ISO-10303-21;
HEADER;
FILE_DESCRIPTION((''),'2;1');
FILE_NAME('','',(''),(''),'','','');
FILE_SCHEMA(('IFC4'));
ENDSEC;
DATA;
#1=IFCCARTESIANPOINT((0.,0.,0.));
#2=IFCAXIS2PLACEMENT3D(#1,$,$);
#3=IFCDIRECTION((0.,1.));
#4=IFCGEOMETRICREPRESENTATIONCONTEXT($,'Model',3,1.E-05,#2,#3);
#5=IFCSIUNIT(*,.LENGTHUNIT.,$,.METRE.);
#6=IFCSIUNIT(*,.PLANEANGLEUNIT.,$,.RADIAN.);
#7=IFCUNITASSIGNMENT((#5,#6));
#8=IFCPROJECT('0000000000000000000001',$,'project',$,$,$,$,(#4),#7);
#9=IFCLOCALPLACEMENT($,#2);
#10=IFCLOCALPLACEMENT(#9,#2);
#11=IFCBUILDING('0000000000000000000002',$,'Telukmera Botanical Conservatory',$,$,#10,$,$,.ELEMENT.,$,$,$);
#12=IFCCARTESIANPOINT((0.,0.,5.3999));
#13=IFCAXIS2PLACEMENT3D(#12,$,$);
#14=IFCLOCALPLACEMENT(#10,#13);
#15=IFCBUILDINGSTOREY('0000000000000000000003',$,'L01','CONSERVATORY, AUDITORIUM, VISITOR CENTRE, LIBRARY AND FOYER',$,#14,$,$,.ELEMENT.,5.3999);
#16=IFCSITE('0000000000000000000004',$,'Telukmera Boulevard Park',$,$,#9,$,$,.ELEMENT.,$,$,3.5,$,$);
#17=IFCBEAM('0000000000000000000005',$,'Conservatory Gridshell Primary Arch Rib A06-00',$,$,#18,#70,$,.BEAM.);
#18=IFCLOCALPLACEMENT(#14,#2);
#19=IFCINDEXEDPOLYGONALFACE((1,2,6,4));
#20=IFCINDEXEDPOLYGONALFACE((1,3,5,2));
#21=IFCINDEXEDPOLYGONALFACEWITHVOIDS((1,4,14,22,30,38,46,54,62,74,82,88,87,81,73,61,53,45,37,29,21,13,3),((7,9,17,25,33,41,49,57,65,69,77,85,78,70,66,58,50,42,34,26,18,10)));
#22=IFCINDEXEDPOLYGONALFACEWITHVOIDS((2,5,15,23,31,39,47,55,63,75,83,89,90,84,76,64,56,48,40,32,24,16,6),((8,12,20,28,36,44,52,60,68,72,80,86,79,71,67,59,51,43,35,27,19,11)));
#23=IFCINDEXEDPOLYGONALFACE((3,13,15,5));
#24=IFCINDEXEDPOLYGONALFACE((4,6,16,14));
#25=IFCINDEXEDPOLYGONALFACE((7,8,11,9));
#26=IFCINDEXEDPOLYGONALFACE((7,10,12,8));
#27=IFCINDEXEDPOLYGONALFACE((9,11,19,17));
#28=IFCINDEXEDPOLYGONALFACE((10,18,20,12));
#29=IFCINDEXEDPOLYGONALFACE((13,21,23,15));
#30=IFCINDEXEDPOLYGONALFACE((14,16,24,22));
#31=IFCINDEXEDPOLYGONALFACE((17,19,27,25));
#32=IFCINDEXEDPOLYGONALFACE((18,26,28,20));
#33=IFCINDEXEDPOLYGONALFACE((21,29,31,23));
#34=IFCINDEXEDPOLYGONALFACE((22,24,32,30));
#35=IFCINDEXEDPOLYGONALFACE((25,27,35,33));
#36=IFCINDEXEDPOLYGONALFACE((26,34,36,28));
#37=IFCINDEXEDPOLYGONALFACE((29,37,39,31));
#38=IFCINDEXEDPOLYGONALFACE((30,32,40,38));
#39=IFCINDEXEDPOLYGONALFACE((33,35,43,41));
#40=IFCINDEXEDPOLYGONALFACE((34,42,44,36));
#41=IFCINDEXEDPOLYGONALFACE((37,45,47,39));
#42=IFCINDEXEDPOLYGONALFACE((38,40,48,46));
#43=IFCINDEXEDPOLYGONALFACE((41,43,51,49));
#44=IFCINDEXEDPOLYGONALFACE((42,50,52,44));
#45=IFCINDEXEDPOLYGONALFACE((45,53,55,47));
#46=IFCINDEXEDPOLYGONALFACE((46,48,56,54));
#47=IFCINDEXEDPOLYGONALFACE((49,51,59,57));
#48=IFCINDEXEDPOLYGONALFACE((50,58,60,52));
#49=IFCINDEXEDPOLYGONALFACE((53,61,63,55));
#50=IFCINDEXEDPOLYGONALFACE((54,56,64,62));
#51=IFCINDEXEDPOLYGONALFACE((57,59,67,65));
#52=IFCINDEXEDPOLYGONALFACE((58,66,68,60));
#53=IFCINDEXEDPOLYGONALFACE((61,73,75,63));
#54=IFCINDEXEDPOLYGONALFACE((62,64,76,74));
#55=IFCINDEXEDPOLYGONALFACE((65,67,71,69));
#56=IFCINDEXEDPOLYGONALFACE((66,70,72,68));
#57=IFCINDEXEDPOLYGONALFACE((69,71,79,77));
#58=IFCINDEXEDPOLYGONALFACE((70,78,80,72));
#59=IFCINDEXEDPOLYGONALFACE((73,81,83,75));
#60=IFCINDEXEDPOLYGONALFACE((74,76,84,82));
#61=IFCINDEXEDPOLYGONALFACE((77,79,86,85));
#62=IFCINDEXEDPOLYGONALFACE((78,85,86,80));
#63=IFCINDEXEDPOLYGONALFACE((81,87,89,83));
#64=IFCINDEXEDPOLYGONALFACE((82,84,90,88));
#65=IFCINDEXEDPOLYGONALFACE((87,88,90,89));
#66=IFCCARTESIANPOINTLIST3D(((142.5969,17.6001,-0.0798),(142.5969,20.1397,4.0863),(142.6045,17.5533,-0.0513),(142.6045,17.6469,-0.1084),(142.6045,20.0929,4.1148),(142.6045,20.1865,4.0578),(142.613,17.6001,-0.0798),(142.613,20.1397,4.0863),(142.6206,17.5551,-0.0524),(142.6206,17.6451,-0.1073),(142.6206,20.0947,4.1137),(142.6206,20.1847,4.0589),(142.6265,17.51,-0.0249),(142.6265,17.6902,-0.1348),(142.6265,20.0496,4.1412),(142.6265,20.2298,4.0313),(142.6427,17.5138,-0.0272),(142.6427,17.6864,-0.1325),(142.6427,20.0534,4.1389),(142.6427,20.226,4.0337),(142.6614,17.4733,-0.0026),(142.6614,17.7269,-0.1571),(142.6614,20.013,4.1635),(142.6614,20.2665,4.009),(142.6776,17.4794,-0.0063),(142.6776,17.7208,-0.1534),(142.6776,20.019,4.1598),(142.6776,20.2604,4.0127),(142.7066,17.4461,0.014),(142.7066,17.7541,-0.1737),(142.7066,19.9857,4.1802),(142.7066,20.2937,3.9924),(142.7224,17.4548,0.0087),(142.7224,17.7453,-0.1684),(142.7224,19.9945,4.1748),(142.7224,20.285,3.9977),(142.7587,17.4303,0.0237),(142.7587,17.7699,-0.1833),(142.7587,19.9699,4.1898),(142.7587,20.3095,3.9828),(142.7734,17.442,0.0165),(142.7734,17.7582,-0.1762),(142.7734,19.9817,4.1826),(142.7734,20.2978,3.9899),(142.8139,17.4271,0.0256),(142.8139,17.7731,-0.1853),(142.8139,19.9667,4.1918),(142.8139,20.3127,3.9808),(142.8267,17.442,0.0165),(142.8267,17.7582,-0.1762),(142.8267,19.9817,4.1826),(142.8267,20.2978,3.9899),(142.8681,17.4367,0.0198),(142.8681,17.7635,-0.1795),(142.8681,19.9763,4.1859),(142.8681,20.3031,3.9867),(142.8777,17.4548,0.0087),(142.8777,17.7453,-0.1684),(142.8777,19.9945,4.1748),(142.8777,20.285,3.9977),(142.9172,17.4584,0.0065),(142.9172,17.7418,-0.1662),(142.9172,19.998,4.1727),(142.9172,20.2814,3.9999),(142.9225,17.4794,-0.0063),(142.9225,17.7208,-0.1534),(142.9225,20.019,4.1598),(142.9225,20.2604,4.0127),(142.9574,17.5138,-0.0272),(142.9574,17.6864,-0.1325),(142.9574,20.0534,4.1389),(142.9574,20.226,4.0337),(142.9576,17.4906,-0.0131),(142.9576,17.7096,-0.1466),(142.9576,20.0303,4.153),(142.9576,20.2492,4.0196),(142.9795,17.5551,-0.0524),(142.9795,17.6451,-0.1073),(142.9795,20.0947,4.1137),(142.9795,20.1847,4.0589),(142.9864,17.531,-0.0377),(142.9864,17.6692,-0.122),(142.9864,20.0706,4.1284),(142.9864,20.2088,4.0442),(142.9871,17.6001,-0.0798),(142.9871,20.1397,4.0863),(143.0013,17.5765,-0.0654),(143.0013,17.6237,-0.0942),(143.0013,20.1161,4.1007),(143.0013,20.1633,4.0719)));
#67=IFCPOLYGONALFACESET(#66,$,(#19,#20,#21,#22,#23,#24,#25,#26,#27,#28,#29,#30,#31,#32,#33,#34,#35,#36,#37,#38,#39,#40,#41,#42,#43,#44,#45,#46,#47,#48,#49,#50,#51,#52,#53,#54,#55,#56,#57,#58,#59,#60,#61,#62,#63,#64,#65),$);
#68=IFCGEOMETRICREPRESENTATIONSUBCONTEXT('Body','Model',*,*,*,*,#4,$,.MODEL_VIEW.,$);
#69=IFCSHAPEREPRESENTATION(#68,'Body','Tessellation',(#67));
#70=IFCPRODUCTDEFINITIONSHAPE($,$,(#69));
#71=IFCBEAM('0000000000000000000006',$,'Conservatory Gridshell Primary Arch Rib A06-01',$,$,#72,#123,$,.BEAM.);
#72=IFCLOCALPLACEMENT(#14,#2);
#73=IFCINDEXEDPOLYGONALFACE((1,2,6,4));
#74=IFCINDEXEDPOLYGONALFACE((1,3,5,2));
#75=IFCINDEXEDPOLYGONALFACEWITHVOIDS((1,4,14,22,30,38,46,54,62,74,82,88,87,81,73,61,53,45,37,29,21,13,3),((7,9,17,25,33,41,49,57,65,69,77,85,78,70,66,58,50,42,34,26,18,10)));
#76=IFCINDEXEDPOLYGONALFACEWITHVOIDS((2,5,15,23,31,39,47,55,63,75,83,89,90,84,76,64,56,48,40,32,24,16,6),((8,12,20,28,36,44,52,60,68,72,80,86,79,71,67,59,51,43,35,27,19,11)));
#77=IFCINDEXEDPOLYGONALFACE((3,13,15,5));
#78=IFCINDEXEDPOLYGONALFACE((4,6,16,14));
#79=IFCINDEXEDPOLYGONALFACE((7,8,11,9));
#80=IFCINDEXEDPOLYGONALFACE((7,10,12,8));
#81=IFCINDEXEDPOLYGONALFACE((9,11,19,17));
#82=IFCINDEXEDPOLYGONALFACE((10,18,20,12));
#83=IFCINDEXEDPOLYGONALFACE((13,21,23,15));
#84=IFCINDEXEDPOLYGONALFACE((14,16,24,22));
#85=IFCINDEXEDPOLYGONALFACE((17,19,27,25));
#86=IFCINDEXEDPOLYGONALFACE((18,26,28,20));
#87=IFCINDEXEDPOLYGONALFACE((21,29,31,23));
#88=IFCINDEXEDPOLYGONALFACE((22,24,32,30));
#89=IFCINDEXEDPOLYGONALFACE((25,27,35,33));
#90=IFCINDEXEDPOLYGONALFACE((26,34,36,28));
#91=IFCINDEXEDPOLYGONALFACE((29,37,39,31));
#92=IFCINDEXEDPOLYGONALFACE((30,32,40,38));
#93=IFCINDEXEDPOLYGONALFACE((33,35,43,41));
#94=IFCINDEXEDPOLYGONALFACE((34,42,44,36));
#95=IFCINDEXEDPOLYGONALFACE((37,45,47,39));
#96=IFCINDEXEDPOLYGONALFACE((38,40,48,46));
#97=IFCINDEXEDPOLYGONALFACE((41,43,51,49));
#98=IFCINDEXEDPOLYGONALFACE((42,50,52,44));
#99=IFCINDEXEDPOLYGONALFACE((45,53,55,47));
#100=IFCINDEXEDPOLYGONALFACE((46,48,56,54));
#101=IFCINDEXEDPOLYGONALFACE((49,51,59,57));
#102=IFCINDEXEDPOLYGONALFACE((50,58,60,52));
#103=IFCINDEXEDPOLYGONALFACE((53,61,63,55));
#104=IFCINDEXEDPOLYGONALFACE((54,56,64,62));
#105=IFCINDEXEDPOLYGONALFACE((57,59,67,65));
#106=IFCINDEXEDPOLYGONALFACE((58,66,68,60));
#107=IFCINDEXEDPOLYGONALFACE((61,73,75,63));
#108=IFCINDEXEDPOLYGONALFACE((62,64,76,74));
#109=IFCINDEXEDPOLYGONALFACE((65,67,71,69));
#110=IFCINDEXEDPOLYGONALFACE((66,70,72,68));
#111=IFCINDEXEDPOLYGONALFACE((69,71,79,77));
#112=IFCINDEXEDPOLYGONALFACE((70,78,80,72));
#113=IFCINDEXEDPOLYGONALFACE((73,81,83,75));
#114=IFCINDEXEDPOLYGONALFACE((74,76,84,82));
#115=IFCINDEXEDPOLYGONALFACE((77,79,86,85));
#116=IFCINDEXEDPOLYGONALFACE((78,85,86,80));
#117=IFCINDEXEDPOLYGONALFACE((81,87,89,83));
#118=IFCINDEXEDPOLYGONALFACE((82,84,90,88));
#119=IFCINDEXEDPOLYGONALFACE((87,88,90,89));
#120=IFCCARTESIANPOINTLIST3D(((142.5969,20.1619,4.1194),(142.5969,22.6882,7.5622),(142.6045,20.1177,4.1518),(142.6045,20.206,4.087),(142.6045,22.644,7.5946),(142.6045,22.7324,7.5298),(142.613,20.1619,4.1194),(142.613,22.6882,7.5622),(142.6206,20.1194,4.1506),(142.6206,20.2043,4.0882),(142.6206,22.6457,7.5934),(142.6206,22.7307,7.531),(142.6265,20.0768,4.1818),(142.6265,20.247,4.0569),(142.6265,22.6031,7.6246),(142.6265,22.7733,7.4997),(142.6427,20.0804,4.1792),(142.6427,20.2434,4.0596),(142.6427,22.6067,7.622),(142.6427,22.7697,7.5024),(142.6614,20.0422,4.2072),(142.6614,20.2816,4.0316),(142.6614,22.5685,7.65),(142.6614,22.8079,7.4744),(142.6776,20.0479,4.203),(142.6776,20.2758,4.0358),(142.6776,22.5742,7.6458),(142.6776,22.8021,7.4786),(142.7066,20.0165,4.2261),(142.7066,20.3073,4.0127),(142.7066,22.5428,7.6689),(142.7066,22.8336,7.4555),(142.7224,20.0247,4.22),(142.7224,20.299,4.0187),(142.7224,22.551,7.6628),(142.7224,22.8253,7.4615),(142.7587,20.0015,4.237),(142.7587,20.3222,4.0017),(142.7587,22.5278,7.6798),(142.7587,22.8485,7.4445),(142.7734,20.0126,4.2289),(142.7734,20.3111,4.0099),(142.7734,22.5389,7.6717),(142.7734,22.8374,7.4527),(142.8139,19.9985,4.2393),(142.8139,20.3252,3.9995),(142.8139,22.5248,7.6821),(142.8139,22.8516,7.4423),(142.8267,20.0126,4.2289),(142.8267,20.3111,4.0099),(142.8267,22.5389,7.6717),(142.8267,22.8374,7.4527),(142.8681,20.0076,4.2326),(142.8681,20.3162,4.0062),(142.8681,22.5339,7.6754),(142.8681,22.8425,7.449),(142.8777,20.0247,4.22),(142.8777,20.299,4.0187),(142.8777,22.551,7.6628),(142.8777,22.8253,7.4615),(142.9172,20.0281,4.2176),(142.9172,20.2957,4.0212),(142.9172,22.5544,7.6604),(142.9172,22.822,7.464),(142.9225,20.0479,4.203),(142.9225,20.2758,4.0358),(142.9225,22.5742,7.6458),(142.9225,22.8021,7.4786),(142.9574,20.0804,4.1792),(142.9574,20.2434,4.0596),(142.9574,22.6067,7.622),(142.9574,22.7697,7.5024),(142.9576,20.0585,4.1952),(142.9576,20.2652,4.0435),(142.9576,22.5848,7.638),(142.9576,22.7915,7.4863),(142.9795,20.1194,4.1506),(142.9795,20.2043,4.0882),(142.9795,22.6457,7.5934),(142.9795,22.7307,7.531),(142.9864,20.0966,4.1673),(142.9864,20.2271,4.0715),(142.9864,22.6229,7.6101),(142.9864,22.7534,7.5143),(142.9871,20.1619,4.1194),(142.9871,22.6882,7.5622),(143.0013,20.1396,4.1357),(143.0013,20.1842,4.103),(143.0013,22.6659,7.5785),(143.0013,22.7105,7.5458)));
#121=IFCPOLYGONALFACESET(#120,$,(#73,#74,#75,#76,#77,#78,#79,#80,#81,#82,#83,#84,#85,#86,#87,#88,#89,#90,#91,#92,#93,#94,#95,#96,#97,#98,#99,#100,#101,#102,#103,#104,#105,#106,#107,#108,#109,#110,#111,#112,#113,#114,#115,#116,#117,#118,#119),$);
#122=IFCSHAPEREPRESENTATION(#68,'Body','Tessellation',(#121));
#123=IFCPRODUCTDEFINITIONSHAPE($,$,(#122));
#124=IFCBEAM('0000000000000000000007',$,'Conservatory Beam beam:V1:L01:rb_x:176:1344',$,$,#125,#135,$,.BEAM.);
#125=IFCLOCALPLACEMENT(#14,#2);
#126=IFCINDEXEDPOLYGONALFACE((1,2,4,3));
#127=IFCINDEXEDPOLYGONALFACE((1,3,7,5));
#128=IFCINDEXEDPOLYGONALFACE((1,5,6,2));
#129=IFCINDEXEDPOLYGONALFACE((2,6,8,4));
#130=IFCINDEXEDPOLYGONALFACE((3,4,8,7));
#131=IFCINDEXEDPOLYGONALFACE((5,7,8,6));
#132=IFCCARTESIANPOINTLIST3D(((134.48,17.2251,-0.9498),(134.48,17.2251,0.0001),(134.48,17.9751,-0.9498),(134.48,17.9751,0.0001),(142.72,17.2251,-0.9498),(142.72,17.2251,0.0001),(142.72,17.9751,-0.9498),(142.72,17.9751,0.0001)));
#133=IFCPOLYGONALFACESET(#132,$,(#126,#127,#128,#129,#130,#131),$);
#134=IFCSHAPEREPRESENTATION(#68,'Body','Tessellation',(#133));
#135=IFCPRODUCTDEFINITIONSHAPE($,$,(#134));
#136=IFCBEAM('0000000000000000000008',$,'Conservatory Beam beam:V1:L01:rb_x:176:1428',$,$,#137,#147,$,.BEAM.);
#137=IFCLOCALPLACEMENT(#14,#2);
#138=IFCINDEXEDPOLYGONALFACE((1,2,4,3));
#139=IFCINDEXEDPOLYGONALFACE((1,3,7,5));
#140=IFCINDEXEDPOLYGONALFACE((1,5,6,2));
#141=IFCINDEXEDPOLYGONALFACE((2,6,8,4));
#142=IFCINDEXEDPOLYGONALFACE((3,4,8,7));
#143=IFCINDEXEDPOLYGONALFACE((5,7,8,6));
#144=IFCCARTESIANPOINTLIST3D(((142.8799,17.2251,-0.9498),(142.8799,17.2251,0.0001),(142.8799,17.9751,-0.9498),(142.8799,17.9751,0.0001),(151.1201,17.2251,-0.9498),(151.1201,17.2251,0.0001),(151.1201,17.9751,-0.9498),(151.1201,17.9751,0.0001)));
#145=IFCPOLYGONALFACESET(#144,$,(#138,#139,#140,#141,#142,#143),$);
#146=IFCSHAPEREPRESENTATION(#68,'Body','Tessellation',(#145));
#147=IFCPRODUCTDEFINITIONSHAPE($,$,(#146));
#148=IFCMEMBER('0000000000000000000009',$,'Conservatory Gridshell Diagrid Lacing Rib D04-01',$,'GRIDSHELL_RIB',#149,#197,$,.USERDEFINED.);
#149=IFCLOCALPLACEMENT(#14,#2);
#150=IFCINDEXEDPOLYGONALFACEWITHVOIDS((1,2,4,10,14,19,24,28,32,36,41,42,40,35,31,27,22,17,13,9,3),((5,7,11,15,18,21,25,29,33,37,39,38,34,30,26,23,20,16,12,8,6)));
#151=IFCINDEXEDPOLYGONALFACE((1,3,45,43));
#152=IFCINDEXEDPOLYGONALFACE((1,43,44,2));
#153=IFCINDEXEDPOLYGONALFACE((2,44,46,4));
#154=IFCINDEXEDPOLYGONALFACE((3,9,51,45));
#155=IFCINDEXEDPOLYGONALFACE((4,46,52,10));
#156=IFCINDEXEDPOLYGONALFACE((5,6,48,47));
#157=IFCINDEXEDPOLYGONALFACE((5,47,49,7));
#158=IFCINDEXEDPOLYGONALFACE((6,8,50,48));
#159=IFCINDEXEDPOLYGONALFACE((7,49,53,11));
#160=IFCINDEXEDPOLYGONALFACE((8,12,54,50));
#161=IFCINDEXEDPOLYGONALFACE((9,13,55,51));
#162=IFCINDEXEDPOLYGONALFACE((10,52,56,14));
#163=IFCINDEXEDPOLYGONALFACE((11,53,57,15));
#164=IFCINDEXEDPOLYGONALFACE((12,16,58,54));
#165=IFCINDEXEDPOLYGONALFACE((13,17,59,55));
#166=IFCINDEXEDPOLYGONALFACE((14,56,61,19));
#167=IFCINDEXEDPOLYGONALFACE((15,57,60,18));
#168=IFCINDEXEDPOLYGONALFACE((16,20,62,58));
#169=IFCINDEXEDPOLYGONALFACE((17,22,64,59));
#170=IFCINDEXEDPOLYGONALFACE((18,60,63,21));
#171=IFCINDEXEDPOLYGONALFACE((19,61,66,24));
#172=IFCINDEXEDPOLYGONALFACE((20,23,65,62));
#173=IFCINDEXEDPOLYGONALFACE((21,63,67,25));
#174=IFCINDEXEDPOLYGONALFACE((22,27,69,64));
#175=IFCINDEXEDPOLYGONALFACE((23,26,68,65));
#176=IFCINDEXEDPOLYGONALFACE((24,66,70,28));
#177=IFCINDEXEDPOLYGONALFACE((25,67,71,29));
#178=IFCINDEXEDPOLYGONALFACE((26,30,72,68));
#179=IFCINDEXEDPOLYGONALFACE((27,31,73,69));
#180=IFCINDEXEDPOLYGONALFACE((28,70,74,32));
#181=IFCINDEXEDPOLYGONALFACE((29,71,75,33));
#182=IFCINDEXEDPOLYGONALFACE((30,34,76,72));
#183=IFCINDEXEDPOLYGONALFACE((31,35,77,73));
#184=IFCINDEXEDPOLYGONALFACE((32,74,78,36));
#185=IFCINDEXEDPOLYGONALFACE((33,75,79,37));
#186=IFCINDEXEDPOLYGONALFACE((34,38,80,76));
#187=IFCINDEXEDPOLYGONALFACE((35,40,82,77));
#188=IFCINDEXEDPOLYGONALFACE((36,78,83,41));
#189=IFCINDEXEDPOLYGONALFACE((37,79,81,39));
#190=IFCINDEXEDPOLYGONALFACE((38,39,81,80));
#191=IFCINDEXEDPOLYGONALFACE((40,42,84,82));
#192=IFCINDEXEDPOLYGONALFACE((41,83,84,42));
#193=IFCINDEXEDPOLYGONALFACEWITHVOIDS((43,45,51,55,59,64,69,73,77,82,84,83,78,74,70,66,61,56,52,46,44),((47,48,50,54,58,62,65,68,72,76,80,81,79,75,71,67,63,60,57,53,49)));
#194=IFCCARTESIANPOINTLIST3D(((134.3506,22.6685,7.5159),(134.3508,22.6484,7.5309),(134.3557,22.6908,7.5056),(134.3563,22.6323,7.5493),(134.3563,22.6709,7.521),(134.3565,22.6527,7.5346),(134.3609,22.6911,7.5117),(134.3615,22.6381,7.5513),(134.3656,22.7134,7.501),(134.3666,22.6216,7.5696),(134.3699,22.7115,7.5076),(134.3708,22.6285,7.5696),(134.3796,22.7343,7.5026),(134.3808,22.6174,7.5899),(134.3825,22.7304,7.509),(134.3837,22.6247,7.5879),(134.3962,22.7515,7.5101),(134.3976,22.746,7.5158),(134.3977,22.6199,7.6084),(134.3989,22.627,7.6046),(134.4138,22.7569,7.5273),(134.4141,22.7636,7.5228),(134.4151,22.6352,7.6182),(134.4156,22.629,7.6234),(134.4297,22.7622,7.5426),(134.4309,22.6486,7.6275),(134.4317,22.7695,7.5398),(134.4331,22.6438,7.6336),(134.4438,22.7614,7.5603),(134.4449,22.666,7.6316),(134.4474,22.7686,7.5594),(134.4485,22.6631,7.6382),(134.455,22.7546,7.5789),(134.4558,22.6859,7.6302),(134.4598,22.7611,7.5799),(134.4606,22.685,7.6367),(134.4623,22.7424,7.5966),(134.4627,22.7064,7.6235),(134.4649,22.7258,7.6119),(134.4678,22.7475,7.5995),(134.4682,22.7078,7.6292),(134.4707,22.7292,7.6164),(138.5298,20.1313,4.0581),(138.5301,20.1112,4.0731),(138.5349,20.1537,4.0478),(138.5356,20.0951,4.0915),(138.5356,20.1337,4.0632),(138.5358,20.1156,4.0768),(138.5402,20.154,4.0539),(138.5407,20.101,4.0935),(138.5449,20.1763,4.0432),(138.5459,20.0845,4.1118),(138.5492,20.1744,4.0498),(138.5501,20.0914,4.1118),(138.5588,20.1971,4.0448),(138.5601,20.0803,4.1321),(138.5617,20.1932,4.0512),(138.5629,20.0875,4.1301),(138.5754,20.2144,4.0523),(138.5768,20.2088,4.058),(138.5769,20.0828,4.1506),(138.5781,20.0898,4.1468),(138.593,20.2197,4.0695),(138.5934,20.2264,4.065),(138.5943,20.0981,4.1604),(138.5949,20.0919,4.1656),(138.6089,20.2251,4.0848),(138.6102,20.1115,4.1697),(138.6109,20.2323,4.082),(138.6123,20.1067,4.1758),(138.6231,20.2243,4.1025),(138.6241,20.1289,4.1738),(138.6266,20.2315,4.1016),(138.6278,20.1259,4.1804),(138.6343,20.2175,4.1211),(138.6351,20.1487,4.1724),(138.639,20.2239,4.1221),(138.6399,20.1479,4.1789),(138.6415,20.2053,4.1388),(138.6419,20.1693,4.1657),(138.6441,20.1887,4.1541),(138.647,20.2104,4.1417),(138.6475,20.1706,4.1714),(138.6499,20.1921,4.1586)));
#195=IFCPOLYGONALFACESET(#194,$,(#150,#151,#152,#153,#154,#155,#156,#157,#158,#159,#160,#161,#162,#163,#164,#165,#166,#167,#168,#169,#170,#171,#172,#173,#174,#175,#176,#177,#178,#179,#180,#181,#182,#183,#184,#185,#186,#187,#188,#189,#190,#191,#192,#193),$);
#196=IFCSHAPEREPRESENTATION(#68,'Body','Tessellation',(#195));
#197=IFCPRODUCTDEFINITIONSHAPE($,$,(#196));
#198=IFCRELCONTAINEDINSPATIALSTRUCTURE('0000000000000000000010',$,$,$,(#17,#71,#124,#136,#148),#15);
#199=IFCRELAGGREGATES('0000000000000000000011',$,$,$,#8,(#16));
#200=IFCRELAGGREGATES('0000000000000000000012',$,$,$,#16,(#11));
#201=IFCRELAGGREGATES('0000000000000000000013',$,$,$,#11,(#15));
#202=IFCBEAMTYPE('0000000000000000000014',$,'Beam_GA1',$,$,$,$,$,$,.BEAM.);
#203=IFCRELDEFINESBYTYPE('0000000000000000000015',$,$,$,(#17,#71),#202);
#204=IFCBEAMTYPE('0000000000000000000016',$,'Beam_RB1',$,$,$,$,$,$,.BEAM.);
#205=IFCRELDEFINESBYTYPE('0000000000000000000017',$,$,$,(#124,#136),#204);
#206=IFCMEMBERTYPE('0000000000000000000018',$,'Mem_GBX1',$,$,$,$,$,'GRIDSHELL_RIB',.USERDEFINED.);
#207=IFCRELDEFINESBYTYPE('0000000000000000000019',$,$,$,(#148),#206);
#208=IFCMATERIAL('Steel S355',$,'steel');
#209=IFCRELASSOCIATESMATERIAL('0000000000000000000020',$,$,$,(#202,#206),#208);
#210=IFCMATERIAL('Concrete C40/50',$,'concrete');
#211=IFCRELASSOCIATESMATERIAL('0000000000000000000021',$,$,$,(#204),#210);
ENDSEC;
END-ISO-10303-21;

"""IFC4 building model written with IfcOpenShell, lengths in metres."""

from ifc_helpers import new_model, si_unit, direction, frame, origin, origin_2d, place, context, subcontext, project, spatial, rectangle, hollow_circle, extrude, material, material_profile, profile_set, type_object, element, save


model = new_model("IFC4")

# Units and contexts
model_context = context("Model", 3, precision=1e-05, world=origin(), true_north=direction((0.0, 1.0)))
body_context = subcontext(model_context, "Body", "Model", "MODEL_VIEW")
ifc_project = project(units=[si_unit("LENGTHUNIT", "METRE"), si_unit("PLANEANGLEUNIT", "RADIAN")], contexts=[model_context])

# Site, building, storey
site_placement = place(None, origin())
site = spatial("IfcSite", under=ifc_project, at=site_placement, Name="Telukmera Boulevard Park", CompositionType="ELEMENT", RefElevation=3.5)
building_placement = place(site_placement, origin())
building = spatial("IfcBuilding", under=site, at=building_placement, Name="Telukmera Botanical Conservatory", CompositionType="ELEMENT")
storey_placement = place(building_placement, frame((0.0, 0.0, 5.3999)))
storey = spatial("IfcBuildingStorey", under=building, at=storey_placement, Name="L01", Description="CONSERVATORY, AUDITORIUM, VISITOR CENTRE, LIBRARY AND FOYER", CompositionType="ELEMENT", Elevation=5.3999)

# Beams
ifc_material_1 = material(Name="Steel S355", Category="steel")
ifc_material_profile_1 = material_profile(ifc_material_1, hollow_circle(Radius=0.2031, WallThickness=0.0161, at=origin_2d()), Name="CHS 406.4x16.0")
ifc_profile_set_1 = profile_set([ifc_material_profile_1], Name="Steel S355")
beam_type_1 = type_object("IfcBeamType", Name="Beam_GA1", PredefinedType="BEAM", material=ifc_profile_set_1)
beam_1_placement = place(storey_placement, frame((142.8, 17.6001, -0.0798), z_axis=(0.0, 0.520502, 0.85386), x_axis=(-1.0, 0.0, 0.0)))
element("IfcBeam", 1, at=beam_1_placement, inside=storey, type_object=beam_type_1, Name="Conservatory Gridshell Primary Arch Rib A06-00", PredefinedType="BEAM", context=body_context, shape_type="SweptSolid", body=[
    extrude(hollow_circle(Radius=0.2031, WallThickness=0.0161, at=origin_2d()), origin(), (0.0, 0.0, 1.0), 4.8792),
])
beam_2_placement = place(storey_placement, frame((142.8, 20.1619, 4.1194), z_axis=(0.0, 0.591607, 0.806227), x_axis=(-1.0, 0.0, 0.0)))
element("IfcBeam", 2, at=beam_2_placement, inside=storey, type_object=beam_type_1, Name="Conservatory Gridshell Primary Arch Rib A06-01", PredefinedType="BEAM", context=body_context, shape_type="SweptSolid", body=[
    extrude(hollow_circle(Radius=0.2031, WallThickness=0.0161, at=origin_2d()), origin(), (0.0, 0.0, 1.0), 4.2703),
])
ifc_material_2 = material(Name="Concrete C40/50", Category="concrete")
ifc_material_profile_2 = material_profile(ifc_material_2, rectangle(XDim=0.75, YDim=0.95, at=origin_2d()), Name="RC 750x950")
ifc_profile_set_2 = profile_set([ifc_material_profile_2], Name="Concrete C40/50")
beam_type_2 = type_object("IfcBeamType", Name="Beam_RB1", PredefinedType="BEAM", material=ifc_profile_set_2)
beam_3_placement = place(storey_placement, frame((134.48, 17.6001, -0.4749), z_axis=(1.0, 0.0, 0.0), x_axis=(0.0, 1.0, 0.0)))
element("IfcBeam", 3, at=beam_3_placement, inside=storey, type_object=beam_type_2, Name="Conservatory Beam beam:V1:L01:rb_x:176:1344", PredefinedType="BEAM", context=body_context, shape_type="SweptSolid", body=[
    extrude(rectangle(XDim=0.75, YDim=0.95, at=origin_2d()), origin(), (0.0, 0.0, 1.0), 8.24),
])
beam_4_placement = place(storey_placement, frame((142.8799, 17.6001, -0.4749), z_axis=(1.0, 0.0, 0.0), x_axis=(0.0, 1.0, 0.0)))
element("IfcBeam", 4, at=beam_4_placement, inside=storey, type_object=beam_type_2, Name="Conservatory Beam beam:V1:L01:rb_x:176:1428", PredefinedType="BEAM", context=body_context, shape_type="SweptSolid", body=[
    extrude(rectangle(XDim=0.75, YDim=0.95, at=origin_2d()), origin(), (0.0, 0.0, 1.0), 8.2402),
])

# Member
ifc_material_profile_3 = material_profile(ifc_material_1, hollow_circle(Radius=0.0842, WallThickness=0.0081, at=origin_2d()), Name="CHS 168.3x8.0")
ifc_profile_set_3 = profile_set([ifc_material_profile_3], Name="Steel S355")
member_type_1 = type_object("IfcMemberType", Name="Mem_GBX1", ElementType="GRIDSHELL_RIB", PredefinedType="USERDEFINED", material=ifc_profile_set_3)
member_1_placement = place(storey_placement, frame((138.5896, 20.1565, 4.1118), z_axis=(-0.697904, 0.423684, 0.577428), x_axis=(-0.518939, -0.854811, 0.0)))
element("IfcMember", 5, at=member_1_placement, inside=storey, type_object=member_type_1, Name="Conservatory Gridshell Diagrid Lacing Rib D04-01", ObjectType="GRIDSHELL_RIB", PredefinedType="USERDEFINED", context=body_context, shape_type="SweptSolid", body=[
    extrude(hollow_circle(Radius=0.0842, WallThickness=0.0081, at=origin_2d()), origin(), (0.0, 0.0, 1.0), 5.9883),
])

save(model, "model.ifc")
